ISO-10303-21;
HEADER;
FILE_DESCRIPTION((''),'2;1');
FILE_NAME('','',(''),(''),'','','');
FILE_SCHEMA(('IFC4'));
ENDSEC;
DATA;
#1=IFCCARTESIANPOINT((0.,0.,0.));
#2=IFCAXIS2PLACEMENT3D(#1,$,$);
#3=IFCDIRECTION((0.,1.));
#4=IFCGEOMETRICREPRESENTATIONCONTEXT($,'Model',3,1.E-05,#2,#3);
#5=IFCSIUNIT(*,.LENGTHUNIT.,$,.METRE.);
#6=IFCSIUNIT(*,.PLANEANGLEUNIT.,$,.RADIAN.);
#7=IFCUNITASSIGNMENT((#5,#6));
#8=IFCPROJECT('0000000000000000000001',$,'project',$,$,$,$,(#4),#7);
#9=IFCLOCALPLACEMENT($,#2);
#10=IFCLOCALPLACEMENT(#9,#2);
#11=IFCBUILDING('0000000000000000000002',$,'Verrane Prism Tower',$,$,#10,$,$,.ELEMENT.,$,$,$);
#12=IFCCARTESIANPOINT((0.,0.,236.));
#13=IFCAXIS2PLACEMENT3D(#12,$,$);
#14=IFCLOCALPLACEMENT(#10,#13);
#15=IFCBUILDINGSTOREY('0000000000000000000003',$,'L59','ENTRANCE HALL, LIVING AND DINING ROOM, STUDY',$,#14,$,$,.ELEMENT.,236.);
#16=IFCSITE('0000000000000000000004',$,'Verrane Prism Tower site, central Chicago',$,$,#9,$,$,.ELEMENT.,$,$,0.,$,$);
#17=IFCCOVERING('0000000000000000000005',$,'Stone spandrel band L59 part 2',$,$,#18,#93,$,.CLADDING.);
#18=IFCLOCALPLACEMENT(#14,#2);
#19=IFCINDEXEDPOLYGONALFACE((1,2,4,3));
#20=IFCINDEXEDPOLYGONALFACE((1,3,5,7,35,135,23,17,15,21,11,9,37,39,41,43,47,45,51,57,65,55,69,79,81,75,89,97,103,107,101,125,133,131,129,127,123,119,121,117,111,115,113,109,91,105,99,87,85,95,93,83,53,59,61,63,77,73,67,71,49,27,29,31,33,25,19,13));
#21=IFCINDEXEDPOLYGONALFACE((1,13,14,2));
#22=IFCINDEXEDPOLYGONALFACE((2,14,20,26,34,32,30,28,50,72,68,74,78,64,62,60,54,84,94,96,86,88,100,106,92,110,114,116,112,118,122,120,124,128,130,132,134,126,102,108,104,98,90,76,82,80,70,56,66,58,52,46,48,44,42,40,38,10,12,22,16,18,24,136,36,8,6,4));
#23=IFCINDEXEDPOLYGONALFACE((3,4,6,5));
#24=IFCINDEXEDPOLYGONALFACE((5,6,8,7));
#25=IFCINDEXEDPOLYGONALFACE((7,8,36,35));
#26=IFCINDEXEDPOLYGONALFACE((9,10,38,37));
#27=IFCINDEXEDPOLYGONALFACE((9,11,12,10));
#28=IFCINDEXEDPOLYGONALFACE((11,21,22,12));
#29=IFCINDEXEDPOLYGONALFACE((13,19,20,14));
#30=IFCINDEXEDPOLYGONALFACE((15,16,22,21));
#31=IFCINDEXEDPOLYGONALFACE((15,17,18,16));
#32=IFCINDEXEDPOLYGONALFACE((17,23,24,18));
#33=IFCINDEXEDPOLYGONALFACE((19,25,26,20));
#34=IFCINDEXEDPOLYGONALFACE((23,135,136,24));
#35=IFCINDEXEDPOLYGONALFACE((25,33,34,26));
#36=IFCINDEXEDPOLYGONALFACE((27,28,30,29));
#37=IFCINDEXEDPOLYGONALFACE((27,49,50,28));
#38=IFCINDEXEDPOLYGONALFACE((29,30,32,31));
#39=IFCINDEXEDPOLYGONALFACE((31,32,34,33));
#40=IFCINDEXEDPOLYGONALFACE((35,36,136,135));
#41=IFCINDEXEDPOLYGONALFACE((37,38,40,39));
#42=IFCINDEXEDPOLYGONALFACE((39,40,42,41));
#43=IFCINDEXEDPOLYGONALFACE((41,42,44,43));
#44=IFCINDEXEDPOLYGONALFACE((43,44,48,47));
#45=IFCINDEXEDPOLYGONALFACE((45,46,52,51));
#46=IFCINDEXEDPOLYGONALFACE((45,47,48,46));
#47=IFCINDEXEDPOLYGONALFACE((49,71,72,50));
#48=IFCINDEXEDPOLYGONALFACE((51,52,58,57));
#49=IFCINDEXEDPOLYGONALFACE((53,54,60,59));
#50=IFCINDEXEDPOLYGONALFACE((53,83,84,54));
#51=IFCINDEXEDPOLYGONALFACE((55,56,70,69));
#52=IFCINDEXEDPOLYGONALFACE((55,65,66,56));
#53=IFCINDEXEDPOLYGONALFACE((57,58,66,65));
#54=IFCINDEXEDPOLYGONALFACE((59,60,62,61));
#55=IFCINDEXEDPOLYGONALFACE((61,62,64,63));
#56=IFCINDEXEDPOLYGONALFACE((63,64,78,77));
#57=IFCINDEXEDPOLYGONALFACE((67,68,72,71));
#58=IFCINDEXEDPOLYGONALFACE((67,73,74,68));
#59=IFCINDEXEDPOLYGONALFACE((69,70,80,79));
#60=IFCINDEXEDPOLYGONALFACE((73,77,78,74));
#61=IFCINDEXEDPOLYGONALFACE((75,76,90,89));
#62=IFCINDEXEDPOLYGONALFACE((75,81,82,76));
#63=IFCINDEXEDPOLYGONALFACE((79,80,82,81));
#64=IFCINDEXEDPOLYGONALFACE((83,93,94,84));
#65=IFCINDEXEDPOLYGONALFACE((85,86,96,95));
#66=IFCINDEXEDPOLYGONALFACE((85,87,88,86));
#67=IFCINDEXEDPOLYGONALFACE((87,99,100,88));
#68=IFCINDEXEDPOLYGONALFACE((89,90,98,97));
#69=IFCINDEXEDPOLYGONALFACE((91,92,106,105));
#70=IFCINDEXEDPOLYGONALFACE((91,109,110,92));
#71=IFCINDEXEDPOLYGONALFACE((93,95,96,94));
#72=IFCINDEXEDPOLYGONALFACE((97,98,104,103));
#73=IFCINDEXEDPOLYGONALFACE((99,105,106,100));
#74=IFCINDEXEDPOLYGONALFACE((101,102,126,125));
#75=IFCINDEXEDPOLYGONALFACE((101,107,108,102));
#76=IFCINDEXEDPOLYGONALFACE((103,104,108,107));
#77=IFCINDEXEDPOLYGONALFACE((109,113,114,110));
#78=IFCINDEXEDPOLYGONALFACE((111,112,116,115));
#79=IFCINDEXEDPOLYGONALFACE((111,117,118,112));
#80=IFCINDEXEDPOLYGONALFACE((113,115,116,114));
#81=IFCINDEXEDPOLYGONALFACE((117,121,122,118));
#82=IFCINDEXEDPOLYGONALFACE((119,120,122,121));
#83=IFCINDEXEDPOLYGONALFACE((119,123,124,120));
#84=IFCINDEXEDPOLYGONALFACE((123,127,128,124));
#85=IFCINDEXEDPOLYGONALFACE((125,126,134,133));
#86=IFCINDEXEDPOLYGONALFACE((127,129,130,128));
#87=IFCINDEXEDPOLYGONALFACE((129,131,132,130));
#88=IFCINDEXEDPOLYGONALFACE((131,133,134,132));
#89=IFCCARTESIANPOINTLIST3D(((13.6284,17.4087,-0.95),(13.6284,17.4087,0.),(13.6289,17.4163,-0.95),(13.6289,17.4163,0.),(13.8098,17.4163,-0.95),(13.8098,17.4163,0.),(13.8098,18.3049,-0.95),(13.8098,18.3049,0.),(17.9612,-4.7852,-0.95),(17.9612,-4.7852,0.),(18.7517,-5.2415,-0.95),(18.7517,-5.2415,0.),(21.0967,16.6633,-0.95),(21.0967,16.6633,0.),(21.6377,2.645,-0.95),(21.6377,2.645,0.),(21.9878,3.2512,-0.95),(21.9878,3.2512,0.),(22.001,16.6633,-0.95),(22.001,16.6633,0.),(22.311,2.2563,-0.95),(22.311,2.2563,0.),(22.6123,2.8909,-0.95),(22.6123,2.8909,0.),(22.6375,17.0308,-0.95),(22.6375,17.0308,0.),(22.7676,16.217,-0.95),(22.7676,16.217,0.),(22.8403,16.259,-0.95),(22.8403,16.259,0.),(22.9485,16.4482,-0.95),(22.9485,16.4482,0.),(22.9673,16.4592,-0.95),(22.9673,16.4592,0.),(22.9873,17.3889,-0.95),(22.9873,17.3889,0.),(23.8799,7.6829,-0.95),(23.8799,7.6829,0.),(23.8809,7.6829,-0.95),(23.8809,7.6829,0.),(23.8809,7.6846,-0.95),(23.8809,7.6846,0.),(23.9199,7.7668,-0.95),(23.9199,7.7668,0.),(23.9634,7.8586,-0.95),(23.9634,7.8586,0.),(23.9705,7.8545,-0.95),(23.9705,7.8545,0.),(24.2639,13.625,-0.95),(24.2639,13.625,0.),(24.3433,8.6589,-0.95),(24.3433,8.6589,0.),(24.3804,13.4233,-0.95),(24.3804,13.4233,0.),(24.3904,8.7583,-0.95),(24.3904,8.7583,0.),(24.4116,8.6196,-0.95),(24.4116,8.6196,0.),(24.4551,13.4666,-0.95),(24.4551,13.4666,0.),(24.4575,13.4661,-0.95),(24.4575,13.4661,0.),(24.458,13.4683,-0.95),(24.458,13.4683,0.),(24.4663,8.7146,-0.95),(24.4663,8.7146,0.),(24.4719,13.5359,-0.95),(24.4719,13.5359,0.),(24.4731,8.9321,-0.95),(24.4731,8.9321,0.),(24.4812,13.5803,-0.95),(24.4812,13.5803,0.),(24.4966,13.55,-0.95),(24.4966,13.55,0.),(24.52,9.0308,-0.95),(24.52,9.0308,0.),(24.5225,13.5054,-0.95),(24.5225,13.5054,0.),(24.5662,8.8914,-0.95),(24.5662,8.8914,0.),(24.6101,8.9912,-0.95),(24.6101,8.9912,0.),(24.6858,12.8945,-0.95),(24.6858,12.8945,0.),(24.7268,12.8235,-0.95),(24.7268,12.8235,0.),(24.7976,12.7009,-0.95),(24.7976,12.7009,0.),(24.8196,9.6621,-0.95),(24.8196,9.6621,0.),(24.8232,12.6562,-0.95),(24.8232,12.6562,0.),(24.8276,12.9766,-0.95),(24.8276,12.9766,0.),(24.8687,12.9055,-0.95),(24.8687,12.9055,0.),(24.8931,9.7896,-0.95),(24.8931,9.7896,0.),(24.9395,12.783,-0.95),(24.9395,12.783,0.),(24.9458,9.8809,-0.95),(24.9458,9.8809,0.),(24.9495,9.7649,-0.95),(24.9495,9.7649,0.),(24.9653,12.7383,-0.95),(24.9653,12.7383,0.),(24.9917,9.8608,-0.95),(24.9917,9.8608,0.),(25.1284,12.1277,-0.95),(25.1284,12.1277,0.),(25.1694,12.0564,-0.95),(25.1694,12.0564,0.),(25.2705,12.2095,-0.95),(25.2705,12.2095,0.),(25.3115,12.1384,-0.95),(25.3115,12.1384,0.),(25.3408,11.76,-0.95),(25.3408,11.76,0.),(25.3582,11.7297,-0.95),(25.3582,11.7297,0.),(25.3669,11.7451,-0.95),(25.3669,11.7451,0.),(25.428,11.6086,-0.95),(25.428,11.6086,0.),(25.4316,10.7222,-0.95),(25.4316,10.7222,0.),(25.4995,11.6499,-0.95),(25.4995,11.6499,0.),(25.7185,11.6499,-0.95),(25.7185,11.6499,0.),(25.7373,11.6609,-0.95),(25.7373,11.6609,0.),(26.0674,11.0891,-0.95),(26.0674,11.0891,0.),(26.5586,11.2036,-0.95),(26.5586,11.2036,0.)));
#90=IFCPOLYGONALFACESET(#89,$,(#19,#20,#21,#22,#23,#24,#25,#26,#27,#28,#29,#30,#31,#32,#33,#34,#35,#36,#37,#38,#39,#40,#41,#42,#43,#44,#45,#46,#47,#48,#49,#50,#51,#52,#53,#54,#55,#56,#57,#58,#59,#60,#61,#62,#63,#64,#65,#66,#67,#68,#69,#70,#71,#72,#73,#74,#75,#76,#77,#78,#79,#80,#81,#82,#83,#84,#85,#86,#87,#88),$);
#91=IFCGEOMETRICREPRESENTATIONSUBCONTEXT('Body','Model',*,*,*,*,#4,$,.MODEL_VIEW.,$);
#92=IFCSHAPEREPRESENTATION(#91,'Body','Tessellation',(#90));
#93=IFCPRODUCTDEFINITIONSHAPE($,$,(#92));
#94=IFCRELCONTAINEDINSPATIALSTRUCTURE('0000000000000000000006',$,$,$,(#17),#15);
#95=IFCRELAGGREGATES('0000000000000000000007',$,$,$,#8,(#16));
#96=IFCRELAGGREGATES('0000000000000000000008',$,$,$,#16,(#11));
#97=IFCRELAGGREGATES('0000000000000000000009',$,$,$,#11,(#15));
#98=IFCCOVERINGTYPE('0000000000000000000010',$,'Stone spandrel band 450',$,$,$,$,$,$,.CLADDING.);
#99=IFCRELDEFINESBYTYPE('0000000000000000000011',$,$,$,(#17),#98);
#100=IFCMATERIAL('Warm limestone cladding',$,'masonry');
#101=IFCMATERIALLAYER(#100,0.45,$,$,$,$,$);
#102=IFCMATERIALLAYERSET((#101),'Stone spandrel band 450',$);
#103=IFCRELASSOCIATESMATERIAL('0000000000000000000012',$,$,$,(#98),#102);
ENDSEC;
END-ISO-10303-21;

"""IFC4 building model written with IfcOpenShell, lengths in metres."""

from ifc_helpers import new_model, si_unit, direction, frame, origin, place, context, subcontext, project, spatial, polyline, outline, extrude, material, layer, layer_set, type_object, element, save


model = new_model("IFC4")

# Units and contexts
model_context = context("Model", 3, precision=1e-05, world=origin(), true_north=direction((0.0, 1.0)))
body_context = subcontext(model_context, "Body", "Model", "MODEL_VIEW")
ifc_project = project(units=[si_unit("LENGTHUNIT", "METRE"), si_unit("PLANEANGLEUNIT", "RADIAN")], contexts=[model_context])

# Site, building, storey
site_placement = place(None, origin())
site = spatial("IfcSite", under=ifc_project, at=site_placement, Name="Verrane Prism Tower site, central Chicago", CompositionType="ELEMENT", RefElevation=0.0)
building_placement = place(site_placement, origin())
building = spatial("IfcBuilding", under=site, at=building_placement, Name="Verrane Prism Tower", CompositionType="ELEMENT")
storey_placement = place(building_placement, frame((0.0, 0.0, 236.0)))
storey = spatial("IfcBuildingStorey", under=building, at=storey_placement, Name="L59", Description="ENTRANCE HALL, LIVING AND DINING ROOM, STUDY", CompositionType="ELEMENT", Elevation=236.0)

# Covering
ifc_material_1 = material(Name="Warm limestone cladding", Category="masonry")
ifc_layer_1 = layer(ifc_material_1, 0.45)
ifc_layer_set_1 = layer_set([ifc_layer_1], Name="Stone spandrel band 450")
covering_type_1 = type_object("IfcCoveringType", Name="Stone spandrel band 450", PredefinedType="CLADDING", material=ifc_layer_set_1)
covering_1_placement = place(storey_placement, frame((0.0, 0.0, -0.95)))
element("IfcCovering", 1, at=covering_1_placement, inside=storey, type_object=covering_type_1, Name="Stone spandrel band L59 part 2", PredefinedType="CLADDING", context=body_context, shape_type="SweptSolid", body=[
    extrude(outline(polyline([(13.8098, 18.3049), (13.8098, 17.4163), (13.6289, 17.4163), (13.6284, 17.4087), (21.0967, 16.6633), (22.001, 16.6633), (22.6375, 17.0308), (22.9673, 16.4592), (22.9485, 16.4482), (22.8403, 16.259), (22.7676, 16.217), (24.2639, 13.625), (24.4812, 13.5803), (24.4719, 13.5359), (24.4966, 13.55), (24.5225, 13.5054), (24.458, 13.4683), (24.4575, 13.4661), (24.4551, 13.4666), (24.3804, 13.4233), (24.6858, 12.8945), (24.8276, 12.9766), (24.8687, 12.9055), (24.7268, 12.8235), (24.7976, 12.7009), (24.9395, 12.783), (24.9653, 12.7383), (24.8232, 12.6562), (25.1284, 12.1277), (25.2705, 12.2095), (25.3115, 12.1384), (25.1694, 12.0564), (25.3408, 11.76), (25.3669, 11.7451), (25.3582, 11.7297), (25.428, 11.6086), (25.4995, 11.6499), (25.7185, 11.6499), (25.7373, 11.6609), (26.0674, 11.0891), (25.4316, 10.7222), (24.9458, 9.8809), (24.9917, 9.8608), (24.9495, 9.7649), (24.8931, 9.7896), (24.8196, 9.6621), (24.52, 9.0308), (24.6101, 8.9912), (24.5662, 8.8914), (24.4731, 8.9321), (24.3904, 8.7583), (24.4663, 8.7146), (24.4116, 8.6196), (24.3433, 8.6589), (23.9634, 7.8586), (23.9705, 7.8545), (23.9199, 7.7668), (23.8809, 7.6846), (23.8809, 7.6829), (23.8799, 7.6829), (17.9612, -4.7852), (18.7517, -5.2415), (22.311, 2.2563), (21.6377, 2.645), (21.9878, 3.2512), (22.6123, 2.8909), (26.5586, 11.2036), (22.9873, 17.3889), (13.8098, 18.3049)])), origin(), (0.0, 0.0, 1.0), 0.95),
])

save(model, "model.ifc")
